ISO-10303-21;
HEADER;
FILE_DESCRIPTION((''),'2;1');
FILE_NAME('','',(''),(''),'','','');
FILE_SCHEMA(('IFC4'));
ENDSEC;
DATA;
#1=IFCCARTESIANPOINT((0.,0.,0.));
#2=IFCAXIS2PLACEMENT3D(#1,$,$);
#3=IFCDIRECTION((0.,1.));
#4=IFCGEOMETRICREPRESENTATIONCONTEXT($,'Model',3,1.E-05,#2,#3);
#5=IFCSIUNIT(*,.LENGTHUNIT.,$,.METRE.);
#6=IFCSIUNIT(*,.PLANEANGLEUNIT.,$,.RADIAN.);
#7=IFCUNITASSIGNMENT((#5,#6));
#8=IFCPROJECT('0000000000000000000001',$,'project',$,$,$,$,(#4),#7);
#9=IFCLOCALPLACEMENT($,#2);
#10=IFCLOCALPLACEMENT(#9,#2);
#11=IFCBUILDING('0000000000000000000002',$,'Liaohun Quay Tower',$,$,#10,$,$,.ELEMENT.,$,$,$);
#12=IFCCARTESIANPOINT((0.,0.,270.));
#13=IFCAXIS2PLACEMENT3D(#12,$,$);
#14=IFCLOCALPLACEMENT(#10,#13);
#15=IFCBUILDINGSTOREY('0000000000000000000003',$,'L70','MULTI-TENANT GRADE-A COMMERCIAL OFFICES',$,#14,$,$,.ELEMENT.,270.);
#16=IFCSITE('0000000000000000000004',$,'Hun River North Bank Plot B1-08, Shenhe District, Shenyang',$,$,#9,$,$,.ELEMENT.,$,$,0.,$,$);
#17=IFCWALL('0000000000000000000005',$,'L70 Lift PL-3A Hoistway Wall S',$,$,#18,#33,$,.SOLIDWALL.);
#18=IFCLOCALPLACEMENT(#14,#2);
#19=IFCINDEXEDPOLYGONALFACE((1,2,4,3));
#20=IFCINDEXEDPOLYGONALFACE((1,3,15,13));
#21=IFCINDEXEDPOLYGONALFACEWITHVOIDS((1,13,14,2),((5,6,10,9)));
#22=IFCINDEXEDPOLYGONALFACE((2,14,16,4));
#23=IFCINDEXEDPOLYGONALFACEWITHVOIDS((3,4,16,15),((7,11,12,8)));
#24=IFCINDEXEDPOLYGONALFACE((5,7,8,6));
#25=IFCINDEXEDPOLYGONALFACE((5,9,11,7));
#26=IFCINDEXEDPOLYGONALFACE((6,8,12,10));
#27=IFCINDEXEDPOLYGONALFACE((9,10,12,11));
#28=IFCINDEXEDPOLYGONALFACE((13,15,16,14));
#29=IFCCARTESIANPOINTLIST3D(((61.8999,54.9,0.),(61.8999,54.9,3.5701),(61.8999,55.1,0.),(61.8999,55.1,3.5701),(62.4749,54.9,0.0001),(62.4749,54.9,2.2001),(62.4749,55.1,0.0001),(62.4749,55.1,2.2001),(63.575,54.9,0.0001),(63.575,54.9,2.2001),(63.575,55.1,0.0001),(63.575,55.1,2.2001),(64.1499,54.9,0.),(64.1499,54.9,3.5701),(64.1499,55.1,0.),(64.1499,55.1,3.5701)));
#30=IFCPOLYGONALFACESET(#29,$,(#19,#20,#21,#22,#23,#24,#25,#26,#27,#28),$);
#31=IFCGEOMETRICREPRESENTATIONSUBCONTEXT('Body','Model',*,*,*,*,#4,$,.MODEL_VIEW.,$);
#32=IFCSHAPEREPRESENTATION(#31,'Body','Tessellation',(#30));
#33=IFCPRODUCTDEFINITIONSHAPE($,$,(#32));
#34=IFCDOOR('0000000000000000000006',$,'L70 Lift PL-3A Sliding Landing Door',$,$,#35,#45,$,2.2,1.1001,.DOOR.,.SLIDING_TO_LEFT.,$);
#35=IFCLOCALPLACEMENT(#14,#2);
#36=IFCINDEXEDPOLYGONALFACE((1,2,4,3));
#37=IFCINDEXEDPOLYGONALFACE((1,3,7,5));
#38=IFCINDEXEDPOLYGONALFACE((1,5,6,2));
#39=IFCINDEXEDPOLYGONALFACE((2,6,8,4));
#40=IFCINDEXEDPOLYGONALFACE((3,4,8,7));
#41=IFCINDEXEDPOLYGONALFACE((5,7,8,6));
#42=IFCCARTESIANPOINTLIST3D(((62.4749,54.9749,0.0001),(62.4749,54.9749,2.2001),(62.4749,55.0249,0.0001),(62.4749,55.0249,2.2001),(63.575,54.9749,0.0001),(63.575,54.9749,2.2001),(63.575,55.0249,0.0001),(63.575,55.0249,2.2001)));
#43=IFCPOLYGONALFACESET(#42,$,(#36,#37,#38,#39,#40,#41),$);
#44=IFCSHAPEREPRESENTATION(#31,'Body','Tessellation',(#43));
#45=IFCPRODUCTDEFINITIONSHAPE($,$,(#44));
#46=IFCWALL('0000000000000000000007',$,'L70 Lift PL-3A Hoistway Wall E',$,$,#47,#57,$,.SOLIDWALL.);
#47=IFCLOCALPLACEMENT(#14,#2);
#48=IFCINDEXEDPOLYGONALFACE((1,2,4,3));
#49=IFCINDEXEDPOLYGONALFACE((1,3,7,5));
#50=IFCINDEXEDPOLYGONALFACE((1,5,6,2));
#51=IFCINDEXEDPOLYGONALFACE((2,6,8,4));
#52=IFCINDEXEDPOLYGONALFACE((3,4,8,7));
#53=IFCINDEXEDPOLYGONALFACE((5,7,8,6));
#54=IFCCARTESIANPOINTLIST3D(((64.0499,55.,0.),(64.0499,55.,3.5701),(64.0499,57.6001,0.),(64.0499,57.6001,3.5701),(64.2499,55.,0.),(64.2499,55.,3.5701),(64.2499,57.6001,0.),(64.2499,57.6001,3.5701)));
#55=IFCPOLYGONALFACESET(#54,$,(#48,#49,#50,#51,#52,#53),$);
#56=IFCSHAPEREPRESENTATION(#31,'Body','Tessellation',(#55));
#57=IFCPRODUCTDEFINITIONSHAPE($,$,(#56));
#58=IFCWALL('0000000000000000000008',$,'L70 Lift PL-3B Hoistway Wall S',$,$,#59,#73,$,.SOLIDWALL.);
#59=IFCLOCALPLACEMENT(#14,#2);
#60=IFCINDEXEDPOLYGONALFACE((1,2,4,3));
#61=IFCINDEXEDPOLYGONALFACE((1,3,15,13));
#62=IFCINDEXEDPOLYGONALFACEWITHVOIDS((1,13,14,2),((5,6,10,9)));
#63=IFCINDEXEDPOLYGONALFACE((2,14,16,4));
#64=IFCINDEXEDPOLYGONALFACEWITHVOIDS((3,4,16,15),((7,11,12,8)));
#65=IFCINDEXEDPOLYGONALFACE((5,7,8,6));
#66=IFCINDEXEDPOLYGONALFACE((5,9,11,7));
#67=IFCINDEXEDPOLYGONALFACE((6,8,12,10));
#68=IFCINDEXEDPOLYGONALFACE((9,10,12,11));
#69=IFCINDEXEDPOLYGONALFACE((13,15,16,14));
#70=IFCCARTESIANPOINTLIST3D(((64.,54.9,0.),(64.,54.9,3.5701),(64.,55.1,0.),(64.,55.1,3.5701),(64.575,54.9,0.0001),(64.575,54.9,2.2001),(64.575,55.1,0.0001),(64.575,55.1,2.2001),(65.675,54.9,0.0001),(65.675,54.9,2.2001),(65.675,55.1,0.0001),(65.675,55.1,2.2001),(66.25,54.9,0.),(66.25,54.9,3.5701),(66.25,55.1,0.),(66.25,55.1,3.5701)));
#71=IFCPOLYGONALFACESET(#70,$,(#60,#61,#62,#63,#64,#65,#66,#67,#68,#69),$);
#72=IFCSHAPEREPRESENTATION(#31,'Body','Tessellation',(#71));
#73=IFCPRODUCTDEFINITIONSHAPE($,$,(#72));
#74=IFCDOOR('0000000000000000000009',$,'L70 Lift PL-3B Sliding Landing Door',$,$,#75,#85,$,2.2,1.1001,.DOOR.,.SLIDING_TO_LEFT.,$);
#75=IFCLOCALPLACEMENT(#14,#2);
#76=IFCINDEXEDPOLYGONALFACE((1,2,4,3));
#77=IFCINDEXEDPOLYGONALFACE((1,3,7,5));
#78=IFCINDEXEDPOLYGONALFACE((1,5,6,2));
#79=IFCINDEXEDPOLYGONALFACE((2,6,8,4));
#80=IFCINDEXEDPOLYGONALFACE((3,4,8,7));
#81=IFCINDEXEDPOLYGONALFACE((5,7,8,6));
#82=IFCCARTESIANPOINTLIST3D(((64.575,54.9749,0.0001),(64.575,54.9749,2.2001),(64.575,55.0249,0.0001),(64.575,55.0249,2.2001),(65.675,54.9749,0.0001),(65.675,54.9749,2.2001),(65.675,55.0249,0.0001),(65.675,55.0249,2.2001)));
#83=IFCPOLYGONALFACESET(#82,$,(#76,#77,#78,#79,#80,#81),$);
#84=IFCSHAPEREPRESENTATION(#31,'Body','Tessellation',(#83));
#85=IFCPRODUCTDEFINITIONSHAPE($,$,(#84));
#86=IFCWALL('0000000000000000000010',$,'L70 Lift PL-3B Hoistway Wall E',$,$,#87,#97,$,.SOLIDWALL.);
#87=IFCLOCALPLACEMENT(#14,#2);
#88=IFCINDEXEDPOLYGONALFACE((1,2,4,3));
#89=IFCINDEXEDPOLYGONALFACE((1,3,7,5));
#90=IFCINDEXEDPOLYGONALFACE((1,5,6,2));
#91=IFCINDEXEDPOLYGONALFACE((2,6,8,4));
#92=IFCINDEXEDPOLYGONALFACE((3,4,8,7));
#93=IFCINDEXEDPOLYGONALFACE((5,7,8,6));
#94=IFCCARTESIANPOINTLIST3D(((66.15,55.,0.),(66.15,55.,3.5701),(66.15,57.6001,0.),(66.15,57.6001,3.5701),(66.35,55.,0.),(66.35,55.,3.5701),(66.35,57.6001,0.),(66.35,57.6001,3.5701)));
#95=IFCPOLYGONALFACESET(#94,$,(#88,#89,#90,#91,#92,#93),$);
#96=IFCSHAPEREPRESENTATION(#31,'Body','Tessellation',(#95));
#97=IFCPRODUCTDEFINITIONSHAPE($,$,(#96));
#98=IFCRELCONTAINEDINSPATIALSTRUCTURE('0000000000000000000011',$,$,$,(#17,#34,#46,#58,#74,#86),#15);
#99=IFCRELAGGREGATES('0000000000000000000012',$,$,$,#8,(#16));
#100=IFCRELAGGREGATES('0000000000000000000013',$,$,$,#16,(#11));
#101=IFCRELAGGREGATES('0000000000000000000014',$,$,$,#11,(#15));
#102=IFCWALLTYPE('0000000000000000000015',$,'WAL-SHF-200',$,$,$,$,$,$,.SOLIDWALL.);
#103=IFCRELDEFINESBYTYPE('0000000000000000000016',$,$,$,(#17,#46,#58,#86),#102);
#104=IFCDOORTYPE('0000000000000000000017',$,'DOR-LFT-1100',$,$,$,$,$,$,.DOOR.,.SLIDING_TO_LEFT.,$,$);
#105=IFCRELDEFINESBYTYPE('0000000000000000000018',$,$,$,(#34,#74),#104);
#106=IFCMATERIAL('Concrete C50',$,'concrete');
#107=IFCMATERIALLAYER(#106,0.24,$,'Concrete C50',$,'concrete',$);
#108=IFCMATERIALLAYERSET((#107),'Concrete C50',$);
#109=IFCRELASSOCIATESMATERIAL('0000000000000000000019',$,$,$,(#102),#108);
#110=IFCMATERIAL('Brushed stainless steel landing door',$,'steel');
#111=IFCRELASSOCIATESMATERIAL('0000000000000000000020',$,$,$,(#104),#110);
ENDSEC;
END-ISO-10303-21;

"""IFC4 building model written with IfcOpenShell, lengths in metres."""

from ifc_helpers import new_model, si_unit, direction, frame, frame_2d, origin, place, context, subcontext, project, spatial, rectangle, extrude, source, transform, mapped, material, layer, layer_set, type_object, element, fill, save


model = new_model("IFC4")

# Units and contexts
model_context = context("Model", 3, precision=1e-05, world=origin(), true_north=direction((0.0, 1.0)))
body_context = subcontext(model_context, "Body", "Model", "MODEL_VIEW")
ifc_project = project(units=[si_unit("LENGTHUNIT", "METRE"), si_unit("PLANEANGLEUNIT", "RADIAN")], contexts=[model_context])

# Site, building, storey
site_placement = place(None, origin())
site = spatial("IfcSite", under=ifc_project, at=site_placement, Name="Hun River North Bank Plot B1-08, Shenhe District, Shenyang", CompositionType="ELEMENT", RefElevation=0.0)
building_placement = place(site_placement, origin())
building = spatial("IfcBuilding", under=site, at=building_placement, Name="Liaohun Quay Tower", CompositionType="ELEMENT")
storey_placement = place(building_placement, frame((0.0, 0.0, 270.0)))
storey = spatial("IfcBuildingStorey", under=building, at=storey_placement, Name="L70", Description="MULTI-TENANT GRADE-A COMMERCIAL OFFICES", CompositionType="ELEMENT", Elevation=270.0)

# Shared definitions
ifc_material_1 = material(Name="Concrete C50", Category="concrete")
ifc_layer_1 = layer(ifc_material_1, 0.24, Name="Concrete C50", Category="concrete")
ifc_layer_set_1 = layer_set([ifc_layer_1], Name="Concrete C50")
wall_type_1 = type_object("IfcWallType", Name="WAL-SHF-200", PredefinedType="SOLIDWALL", material=ifc_layer_set_1)

# Wall, opening, door
wall_1_placement = place(storey_placement, frame((61.8999, 55.0, 0.0), z_axis=(0.0, 0.0, 1.0), x_axis=(1.0, 0.0, 0.0)))
wall_1 = element("IfcWall", 1, at=wall_1_placement, inside=storey, type_object=wall_type_1, Name="L70 Lift PL-3A Hoistway Wall S", PredefinedType="SOLIDWALL", context=body_context, shape_type="SweptSolid", body=[
    extrude(rectangle(XDim=2.25, YDim=0.2, at=frame_2d((1.125, 0.0))), origin(), (0.0, 0.0, 1.0), 3.5701),
])
shared_shape_1 = source(origin(), body_context, "Body", "SweptSolid", [
    extrude(rectangle(XDim=1.1001, YDim=2.2, at=frame_2d((0.55, 1.1001))), frame((0.0, 0.1099, 0.0), z_axis=(0.0, -1.0, 0.0), x_axis=(1.0, 0.0, 0.0)), (0.0, 0.0, 1.0), 0.22),
])
opening_1_placement = place(wall_1_placement, frame((0.575, 0.0, 0.0)))
opening_1 = element("IfcOpeningElement", 2, at=opening_1_placement, cuts=wall_1, PredefinedType="OPENING", context=body_context, shape_type="MappedRepresentation", body=[
    mapped(shared_shape_1, transform((0.0, 0.0, 0.0), x_axis=(1.0, 0.0, 0.0), y_axis=(0.0, 1.0, 0.0), z_axis=(0.0, 0.0, 1.0), scale=1.0)),
])
ifc_material_2 = material(Name="Brushed stainless steel landing door", Category="steel")
door_type_1 = type_object("IfcDoorType", Name="DOR-LFT-1100", OperationType="SLIDING_TO_LEFT", PredefinedType="DOOR", material=ifc_material_2)
shared_shape_2 = source(origin(), body_context, "Body", "SweptSolid", [
    extrude(rectangle(XDim=1.1001, YDim=2.2, at=frame_2d((0.55, 1.1001))), frame((0.0, 0.0249, 0.0), z_axis=(0.0, -1.0, 0.0), x_axis=(1.0, 0.0, 0.0)), (0.0, 0.0, 1.0), 0.05),
])
door_1_placement = place(opening_1_placement, origin())
door_1 = element("IfcDoor", 3, at=door_1_placement, inside=storey, type_object=door_type_1, Name="L70 Lift PL-3A Sliding Landing Door", OperationType="SLIDING_TO_LEFT", OverallHeight=2.2, OverallWidth=1.1001, PredefinedType="DOOR", context=body_context, shape_type="MappedRepresentation", body=[
    mapped(shared_shape_2, transform((0.0, 0.0, 0.0), x_axis=(1.0, 0.0, 0.0), y_axis=(0.0, 1.0, 0.0), z_axis=(0.0, 0.0, 1.0), scale=1.0)),
])
fill(opening_1, door_1)

# Wall
wall_2_placement = place(storey_placement, frame((64.1499, 55.0, 0.0), z_axis=(0.0, 0.0, 1.0), x_axis=(0.0, 1.0, 0.0)))
element("IfcWall", 4, at=wall_2_placement, inside=storey, type_object=wall_type_1, Name="L70 Lift PL-3A Hoistway Wall E", PredefinedType="SOLIDWALL", context=body_context, shape_type="SweptSolid", body=[
    extrude(rectangle(XDim=2.6001, YDim=0.2, at=frame_2d((1.3, 0.0))), origin(), (0.0, 0.0, 1.0), 3.5701),
])

# Wall, opening, door
wall_3_placement = place(storey_placement, frame((64.0, 55.0, 0.0), z_axis=(0.0, 0.0, 1.0), x_axis=(1.0, 0.0, 0.0)))
wall_3 = element("IfcWall", 5, at=wall_3_placement, inside=storey, type_object=wall_type_1, Name="L70 Lift PL-3B Hoistway Wall S", PredefinedType="SOLIDWALL", context=body_context, shape_type="SweptSolid", body=[
    extrude(rectangle(XDim=2.25, YDim=0.2, at=frame_2d((1.125, 0.0))), origin(), (0.0, 0.0, 1.0), 3.5701),
])
opening_2_placement = place(wall_3_placement, frame((0.575, 0.0, 0.0)))
opening_2 = element("IfcOpeningElement", 6, at=opening_2_placement, cuts=wall_3, PredefinedType="OPENING", context=body_context, shape_type="MappedRepresentation", body=[
    mapped(shared_shape_1, transform((0.0, 0.0, 0.0), x_axis=(1.0, 0.0, 0.0), y_axis=(0.0, 1.0, 0.0), z_axis=(0.0, 0.0, 1.0), scale=1.0)),
])
door_2_placement = place(opening_2_placement, origin())
door_2 = element("IfcDoor", 7, at=door_2_placement, inside=storey, type_object=door_type_1, Name="L70 Lift PL-3B Sliding Landing Door", OperationType="SLIDING_TO_LEFT", OverallHeight=2.2, OverallWidth=1.1001, PredefinedType="DOOR", context=body_context, shape_type="MappedRepresentation", body=[
    mapped(shared_shape_2, transform((0.0, 0.0, 0.0), x_axis=(1.0, 0.0, 0.0), y_axis=(0.0, 1.0, 0.0), z_axis=(0.0, 0.0, 1.0), scale=1.0)),
])
fill(opening_2, door_2)

# Wall
wall_4_placement = place(storey_placement, frame((66.25, 55.0, 0.0), z_axis=(0.0, 0.0, 1.0), x_axis=(0.0, 1.0, 0.0)))
element("IfcWall", 8, at=wall_4_placement, inside=storey, type_object=wall_type_1, Name="L70 Lift PL-3B Hoistway Wall E", PredefinedType="SOLIDWALL", context=body_context, shape_type="SweptSolid", body=[
    extrude(rectangle(XDim=2.6001, YDim=0.2, at=frame_2d((1.3, 0.0))), origin(), (0.0, 0.0, 1.0), 3.5701),
])

save(model, "model.ifc")
